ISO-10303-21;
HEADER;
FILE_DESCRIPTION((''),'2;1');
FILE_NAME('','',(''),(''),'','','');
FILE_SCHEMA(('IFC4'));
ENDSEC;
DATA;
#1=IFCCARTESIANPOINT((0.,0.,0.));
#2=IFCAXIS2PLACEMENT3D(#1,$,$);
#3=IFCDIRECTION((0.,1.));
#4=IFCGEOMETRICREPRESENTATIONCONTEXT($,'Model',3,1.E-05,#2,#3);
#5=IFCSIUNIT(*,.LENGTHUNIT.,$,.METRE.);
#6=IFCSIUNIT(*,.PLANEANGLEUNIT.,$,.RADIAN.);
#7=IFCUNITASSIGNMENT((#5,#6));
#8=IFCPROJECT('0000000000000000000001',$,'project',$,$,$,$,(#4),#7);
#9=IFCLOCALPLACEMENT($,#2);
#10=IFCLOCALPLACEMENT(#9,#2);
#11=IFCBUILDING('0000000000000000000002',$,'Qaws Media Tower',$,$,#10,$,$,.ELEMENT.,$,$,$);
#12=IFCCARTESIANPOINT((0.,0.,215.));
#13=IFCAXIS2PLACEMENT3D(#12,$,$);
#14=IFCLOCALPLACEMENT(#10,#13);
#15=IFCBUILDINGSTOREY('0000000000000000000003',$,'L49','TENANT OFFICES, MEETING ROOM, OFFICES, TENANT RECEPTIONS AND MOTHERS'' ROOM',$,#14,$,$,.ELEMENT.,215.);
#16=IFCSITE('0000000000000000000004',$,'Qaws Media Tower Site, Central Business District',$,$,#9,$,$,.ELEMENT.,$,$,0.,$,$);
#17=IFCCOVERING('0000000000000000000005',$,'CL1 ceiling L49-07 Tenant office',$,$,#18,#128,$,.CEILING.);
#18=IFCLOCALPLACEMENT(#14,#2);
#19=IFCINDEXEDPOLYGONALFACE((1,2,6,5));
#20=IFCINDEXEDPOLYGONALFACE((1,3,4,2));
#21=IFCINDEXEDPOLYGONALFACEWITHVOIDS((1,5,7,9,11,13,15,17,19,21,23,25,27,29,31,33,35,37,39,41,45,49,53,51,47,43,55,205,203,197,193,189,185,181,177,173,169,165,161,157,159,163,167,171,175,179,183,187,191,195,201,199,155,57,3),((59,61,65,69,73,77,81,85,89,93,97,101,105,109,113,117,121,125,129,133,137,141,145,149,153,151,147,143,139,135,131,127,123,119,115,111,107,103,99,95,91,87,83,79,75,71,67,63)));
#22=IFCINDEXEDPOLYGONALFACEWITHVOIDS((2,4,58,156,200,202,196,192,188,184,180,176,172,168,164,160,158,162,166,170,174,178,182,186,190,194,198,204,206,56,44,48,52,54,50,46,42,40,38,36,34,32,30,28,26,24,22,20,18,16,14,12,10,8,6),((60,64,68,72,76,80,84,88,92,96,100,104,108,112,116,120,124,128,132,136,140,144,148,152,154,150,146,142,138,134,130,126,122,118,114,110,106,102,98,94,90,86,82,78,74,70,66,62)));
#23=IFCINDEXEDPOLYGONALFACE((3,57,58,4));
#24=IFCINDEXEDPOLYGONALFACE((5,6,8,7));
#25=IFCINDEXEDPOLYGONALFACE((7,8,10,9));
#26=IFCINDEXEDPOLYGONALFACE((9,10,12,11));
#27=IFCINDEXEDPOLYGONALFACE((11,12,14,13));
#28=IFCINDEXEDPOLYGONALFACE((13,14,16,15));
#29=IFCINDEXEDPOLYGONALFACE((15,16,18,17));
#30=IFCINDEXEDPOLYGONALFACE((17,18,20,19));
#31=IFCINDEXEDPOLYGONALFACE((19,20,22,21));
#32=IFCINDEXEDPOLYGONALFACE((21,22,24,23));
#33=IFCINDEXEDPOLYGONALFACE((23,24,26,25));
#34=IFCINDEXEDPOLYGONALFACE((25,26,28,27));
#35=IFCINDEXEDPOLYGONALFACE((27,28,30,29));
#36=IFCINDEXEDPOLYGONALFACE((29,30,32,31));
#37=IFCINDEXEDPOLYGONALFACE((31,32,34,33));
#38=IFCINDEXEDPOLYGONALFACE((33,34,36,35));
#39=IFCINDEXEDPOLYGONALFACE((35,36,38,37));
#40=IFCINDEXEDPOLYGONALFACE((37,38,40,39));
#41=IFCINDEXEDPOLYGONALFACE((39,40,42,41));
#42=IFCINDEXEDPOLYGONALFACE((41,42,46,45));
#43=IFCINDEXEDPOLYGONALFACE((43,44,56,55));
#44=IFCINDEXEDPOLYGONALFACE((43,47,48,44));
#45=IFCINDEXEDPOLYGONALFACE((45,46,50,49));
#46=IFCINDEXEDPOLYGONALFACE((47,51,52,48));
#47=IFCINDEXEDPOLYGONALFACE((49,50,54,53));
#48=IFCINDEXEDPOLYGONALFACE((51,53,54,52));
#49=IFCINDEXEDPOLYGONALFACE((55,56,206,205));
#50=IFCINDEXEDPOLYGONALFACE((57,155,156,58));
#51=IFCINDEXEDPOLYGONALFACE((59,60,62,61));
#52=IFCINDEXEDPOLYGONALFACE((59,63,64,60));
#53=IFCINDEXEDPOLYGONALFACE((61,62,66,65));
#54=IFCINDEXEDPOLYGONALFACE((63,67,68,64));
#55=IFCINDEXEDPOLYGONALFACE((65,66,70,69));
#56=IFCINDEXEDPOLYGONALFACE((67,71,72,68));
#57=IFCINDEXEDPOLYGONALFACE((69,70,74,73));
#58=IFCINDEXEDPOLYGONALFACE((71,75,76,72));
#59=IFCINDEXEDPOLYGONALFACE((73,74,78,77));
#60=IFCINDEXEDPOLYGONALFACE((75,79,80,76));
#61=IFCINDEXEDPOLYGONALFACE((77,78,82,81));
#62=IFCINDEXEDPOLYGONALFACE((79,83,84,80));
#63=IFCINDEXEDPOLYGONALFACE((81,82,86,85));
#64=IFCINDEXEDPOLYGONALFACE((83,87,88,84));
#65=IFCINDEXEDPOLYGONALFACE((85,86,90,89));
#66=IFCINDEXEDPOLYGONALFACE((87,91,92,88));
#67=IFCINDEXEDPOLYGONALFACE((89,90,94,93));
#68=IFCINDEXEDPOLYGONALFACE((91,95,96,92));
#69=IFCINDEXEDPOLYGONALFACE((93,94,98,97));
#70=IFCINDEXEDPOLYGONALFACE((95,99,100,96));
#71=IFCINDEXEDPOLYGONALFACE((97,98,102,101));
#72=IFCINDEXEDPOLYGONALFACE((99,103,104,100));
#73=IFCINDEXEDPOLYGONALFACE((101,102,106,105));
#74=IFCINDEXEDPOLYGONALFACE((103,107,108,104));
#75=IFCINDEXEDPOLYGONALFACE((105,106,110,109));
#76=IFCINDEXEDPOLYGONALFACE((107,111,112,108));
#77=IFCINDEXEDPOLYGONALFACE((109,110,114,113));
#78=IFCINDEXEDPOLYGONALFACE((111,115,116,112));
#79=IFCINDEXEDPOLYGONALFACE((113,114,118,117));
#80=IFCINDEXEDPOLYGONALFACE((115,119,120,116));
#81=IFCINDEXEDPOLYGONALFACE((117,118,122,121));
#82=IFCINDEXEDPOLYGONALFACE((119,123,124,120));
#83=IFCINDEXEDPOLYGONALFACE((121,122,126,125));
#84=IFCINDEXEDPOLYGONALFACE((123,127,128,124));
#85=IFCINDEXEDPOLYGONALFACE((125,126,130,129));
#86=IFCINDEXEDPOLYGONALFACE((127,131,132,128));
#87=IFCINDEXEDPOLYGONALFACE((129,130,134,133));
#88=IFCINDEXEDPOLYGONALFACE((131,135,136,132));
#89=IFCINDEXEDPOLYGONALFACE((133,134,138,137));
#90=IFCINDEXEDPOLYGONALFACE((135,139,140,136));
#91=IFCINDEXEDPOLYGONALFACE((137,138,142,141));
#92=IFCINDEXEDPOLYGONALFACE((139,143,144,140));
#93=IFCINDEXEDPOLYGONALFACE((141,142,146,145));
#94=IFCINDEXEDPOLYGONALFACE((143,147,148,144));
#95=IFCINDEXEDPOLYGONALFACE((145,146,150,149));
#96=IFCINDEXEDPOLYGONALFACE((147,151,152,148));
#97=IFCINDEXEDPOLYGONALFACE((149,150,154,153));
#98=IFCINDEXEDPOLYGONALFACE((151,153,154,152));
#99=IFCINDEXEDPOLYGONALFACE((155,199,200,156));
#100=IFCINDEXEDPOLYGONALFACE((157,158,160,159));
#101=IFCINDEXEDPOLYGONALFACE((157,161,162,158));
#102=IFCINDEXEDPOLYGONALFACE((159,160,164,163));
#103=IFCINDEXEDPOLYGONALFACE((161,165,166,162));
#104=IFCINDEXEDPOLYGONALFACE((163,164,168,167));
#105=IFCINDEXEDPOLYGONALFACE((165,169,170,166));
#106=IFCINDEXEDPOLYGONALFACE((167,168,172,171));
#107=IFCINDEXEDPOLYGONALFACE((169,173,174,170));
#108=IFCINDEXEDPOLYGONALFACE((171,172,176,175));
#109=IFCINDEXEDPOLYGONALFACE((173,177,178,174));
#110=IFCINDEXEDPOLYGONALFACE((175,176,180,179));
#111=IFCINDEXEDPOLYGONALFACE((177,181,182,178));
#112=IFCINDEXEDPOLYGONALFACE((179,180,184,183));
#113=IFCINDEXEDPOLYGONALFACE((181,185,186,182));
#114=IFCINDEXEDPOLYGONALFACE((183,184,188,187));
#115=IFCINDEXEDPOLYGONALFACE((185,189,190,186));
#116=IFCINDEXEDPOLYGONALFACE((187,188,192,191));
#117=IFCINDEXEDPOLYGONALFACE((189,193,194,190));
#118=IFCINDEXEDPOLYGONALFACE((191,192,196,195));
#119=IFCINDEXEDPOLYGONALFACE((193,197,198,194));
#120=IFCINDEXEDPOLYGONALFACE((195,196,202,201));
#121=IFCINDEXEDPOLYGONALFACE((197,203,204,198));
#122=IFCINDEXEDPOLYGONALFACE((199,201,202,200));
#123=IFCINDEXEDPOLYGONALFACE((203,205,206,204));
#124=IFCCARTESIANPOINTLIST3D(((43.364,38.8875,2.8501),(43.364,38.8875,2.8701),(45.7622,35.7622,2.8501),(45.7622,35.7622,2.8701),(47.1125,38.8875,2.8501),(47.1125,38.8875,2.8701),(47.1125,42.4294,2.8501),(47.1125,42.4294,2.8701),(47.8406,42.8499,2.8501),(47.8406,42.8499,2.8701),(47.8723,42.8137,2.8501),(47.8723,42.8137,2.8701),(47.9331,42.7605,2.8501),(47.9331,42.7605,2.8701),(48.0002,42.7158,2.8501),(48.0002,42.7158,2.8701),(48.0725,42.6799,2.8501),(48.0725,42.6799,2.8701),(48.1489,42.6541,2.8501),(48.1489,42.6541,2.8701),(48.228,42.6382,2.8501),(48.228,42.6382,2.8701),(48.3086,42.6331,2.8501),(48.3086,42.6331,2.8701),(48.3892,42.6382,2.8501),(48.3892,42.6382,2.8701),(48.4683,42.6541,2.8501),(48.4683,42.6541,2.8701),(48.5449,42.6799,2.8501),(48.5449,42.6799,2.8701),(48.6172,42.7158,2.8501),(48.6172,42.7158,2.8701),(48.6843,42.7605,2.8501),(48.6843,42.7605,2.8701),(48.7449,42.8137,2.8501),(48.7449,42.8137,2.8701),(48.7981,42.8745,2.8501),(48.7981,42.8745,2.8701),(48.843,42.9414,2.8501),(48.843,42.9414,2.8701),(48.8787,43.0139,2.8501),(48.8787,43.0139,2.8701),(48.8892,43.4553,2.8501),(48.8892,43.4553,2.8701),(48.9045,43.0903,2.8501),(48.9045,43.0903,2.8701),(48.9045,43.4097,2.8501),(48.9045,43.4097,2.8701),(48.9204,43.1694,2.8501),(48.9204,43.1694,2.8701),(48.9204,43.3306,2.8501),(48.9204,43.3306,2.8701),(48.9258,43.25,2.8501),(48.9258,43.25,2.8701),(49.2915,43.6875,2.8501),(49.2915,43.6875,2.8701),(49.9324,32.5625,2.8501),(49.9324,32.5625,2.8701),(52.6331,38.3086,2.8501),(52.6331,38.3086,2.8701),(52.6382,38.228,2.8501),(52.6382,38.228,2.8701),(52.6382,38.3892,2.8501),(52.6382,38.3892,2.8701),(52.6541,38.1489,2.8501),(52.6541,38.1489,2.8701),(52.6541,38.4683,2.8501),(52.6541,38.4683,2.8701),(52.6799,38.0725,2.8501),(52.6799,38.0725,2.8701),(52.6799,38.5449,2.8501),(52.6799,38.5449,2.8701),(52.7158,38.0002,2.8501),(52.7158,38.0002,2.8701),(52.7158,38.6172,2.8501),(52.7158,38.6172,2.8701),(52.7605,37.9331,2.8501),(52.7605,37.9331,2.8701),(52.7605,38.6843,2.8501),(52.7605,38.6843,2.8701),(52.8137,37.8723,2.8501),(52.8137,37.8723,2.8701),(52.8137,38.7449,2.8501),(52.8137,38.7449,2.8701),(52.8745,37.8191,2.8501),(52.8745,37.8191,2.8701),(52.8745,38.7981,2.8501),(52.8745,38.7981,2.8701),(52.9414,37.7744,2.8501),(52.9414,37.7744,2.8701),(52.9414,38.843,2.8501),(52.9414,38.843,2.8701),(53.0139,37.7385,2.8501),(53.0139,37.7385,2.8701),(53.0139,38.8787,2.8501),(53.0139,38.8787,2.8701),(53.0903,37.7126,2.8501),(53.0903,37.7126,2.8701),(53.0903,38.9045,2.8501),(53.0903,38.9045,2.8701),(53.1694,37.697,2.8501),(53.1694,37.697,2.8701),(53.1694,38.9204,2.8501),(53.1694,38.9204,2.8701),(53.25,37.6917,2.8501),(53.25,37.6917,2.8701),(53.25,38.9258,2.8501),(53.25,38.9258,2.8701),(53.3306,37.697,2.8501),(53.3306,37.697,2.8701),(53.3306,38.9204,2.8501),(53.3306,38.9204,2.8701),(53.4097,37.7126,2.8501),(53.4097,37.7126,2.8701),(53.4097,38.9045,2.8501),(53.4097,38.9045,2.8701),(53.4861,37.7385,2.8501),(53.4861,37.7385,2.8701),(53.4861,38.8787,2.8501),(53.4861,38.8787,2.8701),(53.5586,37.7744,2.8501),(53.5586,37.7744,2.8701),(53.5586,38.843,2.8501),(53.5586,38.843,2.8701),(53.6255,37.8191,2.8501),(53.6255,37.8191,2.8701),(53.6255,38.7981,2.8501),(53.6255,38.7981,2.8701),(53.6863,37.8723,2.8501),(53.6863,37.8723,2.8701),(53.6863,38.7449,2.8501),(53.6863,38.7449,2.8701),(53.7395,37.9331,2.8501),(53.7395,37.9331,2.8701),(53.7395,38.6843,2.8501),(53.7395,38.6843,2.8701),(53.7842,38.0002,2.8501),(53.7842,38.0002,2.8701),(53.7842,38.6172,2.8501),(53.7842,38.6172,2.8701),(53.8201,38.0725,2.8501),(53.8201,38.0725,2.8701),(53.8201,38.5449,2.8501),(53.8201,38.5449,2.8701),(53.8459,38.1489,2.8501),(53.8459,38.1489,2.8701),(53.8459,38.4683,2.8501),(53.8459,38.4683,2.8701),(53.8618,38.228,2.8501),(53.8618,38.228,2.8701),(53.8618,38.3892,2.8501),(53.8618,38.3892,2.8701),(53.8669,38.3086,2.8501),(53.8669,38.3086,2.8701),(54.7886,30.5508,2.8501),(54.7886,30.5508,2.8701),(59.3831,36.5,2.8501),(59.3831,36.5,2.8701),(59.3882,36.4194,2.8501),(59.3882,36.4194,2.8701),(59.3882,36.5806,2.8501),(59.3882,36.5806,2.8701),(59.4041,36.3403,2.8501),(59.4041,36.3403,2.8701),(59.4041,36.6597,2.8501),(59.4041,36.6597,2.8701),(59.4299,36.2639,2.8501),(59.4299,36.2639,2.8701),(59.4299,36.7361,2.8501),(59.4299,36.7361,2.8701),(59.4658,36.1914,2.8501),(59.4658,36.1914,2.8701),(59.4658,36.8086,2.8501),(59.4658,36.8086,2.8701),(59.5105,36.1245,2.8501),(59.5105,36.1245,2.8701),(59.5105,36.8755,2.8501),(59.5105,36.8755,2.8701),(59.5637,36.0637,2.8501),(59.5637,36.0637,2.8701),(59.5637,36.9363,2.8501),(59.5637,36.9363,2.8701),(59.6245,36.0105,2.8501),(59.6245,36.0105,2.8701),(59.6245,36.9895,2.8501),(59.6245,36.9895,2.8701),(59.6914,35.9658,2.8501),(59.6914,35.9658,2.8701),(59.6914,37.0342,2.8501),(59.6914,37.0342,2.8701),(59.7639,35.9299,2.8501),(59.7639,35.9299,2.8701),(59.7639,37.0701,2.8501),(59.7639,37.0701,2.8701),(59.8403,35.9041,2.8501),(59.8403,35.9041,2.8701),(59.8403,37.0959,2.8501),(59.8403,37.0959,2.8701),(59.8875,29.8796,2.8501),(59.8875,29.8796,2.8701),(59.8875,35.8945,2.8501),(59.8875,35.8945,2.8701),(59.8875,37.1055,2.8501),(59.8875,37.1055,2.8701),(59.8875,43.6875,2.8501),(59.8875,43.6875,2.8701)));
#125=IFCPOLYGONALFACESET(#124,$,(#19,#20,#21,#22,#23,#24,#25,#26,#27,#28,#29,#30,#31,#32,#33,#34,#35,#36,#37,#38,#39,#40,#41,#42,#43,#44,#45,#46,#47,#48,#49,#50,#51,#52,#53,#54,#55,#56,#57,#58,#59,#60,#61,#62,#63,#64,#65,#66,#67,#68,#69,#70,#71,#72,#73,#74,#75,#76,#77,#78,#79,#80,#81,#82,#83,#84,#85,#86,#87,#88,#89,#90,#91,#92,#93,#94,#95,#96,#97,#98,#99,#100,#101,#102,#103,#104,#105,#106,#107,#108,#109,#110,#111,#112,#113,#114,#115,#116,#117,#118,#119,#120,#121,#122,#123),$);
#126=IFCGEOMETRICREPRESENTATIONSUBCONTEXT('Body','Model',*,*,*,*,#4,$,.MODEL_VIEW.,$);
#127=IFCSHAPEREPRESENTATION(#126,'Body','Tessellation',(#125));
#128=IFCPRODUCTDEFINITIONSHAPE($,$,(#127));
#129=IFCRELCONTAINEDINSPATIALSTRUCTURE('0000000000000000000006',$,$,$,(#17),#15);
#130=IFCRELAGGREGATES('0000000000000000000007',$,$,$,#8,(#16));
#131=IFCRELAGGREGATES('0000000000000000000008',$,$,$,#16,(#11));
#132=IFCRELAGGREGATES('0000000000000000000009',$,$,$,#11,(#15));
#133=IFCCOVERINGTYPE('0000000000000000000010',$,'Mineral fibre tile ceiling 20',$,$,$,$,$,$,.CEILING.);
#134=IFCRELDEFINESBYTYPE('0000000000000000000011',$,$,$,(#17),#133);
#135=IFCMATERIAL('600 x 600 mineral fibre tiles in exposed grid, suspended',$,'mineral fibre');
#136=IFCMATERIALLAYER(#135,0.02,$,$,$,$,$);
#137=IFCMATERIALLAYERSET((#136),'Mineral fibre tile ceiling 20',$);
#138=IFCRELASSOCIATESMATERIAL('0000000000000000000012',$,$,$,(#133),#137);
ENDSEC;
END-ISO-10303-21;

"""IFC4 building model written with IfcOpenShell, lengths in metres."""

from ifc_helpers import new_model, si_unit, direction, frame, origin, place, context, subcontext, project, spatial, polyline, outline, extrude, material, layer, layer_set, type_object, element, save


model = new_model("IFC4")

# Units and contexts
model_context = context("Model", 3, precision=1e-05, world=origin(), true_north=direction((0.0, 1.0)))
body_context = subcontext(model_context, "Body", "Model", "MODEL_VIEW")
ifc_project = project(units=[si_unit("LENGTHUNIT", "METRE"), si_unit("PLANEANGLEUNIT", "RADIAN")], contexts=[model_context])

# Site, building, storey
site_placement = place(None, origin())
site = spatial("IfcSite", under=ifc_project, at=site_placement, Name="Qaws Media Tower Site, Central Business District", CompositionType="ELEMENT", RefElevation=0.0)
building_placement = place(site_placement, origin())
building = spatial("IfcBuilding", under=site, at=building_placement, Name="Qaws Media Tower", CompositionType="ELEMENT")
storey_placement = place(building_placement, frame((0.0, 0.0, 215.0)))
storey = spatial("IfcBuildingStorey", under=building, at=storey_placement, Name="L49", Description="TENANT OFFICES, MEETING ROOM, OFFICES, TENANT RECEPTIONS AND MOTHERS' ROOM", CompositionType="ELEMENT", Elevation=215.0)

# Covering
ifc_material_1 = material(Name="600 x 600 mineral fibre tiles in exposed grid, suspended", Category="mineral fibre")
ifc_layer_1 = layer(ifc_material_1, 0.02)
ifc_layer_set_1 = layer_set([ifc_layer_1], Name="Mineral fibre tile ceiling 20")
covering_type_1 = type_object("IfcCoveringType", Name="Mineral fibre tile ceiling 20", PredefinedType="CEILING", material=ifc_layer_set_1)
covering_1_placement = place(storey_placement, frame((0.0, 0.0, 2.8501)))
element("IfcCovering", 1, at=covering_1_placement, inside=storey, type_object=covering_type_1, Name="CL1 ceiling L49-07 Tenant office", PredefinedType="CEILING", context=body_context, shape_type="SweptSolid", body=[
    extrude(outline(polyline([(47.1125, 38.8875), (47.1125, 42.4294), (47.8406, 42.8499), (47.8723, 42.8137), (47.9331, 42.7605), (48.0002, 42.7158), (48.0725, 42.6799), (48.1489, 42.6541), (48.228, 42.6382), (48.3086, 42.6331), (48.3892, 42.6382), (48.4683, 42.6541), (48.5449, 42.6799), (48.6172, 42.7158), (48.6843, 42.7605), (48.7449, 42.8137), (48.7981, 42.8745), (48.843, 42.9414), (48.8787, 43.0139), (48.9045, 43.0903), (48.9204, 43.1694), (48.9258, 43.25), (48.9204, 43.3306), (48.9045, 43.4097), (48.8892, 43.4553), (49.2915, 43.6875), (59.8875, 43.6875), (59.8875, 37.1055), (59.8403, 37.0959), (59.7639, 37.0701), (59.6914, 37.0342), (59.6245, 36.9895), (59.5637, 36.9363), (59.5105, 36.8755), (59.4658, 36.8086), (59.4299, 36.7361), (59.4041, 36.6597), (59.3882, 36.5806), (59.3831, 36.5), (59.3882, 36.4194), (59.4041, 36.3403), (59.4299, 36.2639), (59.4658, 36.1914), (59.5105, 36.1245), (59.5637, 36.0637), (59.6245, 36.0105), (59.6914, 35.9658), (59.7639, 35.9299), (59.8403, 35.9041), (59.8875, 35.8945), (59.8875, 29.8796), (54.7886, 30.5508), (49.9324, 32.5625), (45.7622, 35.7622), (43.364, 38.8875), (47.1125, 38.8875)]), holes=[polyline([(53.8459, 38.1489), (53.8618, 38.228), (53.8669, 38.3086), (53.8618, 38.3892), (53.8459, 38.4683), (53.8201, 38.5449), (53.7842, 38.6172), (53.7395, 38.6843), (53.6863, 38.7449), (53.6255, 38.7981), (53.5586, 38.843), (53.4861, 38.8787), (53.4097, 38.9045), (53.3306, 38.9204), (53.25, 38.9258), (53.1694, 38.9204), (53.0903, 38.9045), (53.0139, 38.8787), (52.9414, 38.843), (52.8745, 38.7981), (52.8137, 38.7449), (52.7605, 38.6843), (52.7158, 38.6172), (52.6799, 38.5449), (52.6541, 38.4683), (52.6382, 38.3892), (52.6331, 38.3086), (52.6382, 38.228), (52.6541, 38.1489), (52.6799, 38.0725), (52.7158, 38.0002), (52.7605, 37.9331), (52.8137, 37.8723), (52.8745, 37.8191), (52.9414, 37.7744), (53.0139, 37.7385), (53.0903, 37.7126), (53.1694, 37.697), (53.25, 37.6917), (53.3306, 37.697), (53.4097, 37.7126), (53.4861, 37.7385), (53.5586, 37.7744), (53.6255, 37.8191), (53.6863, 37.8723), (53.7395, 37.9331), (53.7842, 38.0002), (53.8201, 38.0725), (53.8459, 38.1489)])]), origin(), (0.0, 0.0, 1.0), 0.02),
])

save(model, "model.ifc")
